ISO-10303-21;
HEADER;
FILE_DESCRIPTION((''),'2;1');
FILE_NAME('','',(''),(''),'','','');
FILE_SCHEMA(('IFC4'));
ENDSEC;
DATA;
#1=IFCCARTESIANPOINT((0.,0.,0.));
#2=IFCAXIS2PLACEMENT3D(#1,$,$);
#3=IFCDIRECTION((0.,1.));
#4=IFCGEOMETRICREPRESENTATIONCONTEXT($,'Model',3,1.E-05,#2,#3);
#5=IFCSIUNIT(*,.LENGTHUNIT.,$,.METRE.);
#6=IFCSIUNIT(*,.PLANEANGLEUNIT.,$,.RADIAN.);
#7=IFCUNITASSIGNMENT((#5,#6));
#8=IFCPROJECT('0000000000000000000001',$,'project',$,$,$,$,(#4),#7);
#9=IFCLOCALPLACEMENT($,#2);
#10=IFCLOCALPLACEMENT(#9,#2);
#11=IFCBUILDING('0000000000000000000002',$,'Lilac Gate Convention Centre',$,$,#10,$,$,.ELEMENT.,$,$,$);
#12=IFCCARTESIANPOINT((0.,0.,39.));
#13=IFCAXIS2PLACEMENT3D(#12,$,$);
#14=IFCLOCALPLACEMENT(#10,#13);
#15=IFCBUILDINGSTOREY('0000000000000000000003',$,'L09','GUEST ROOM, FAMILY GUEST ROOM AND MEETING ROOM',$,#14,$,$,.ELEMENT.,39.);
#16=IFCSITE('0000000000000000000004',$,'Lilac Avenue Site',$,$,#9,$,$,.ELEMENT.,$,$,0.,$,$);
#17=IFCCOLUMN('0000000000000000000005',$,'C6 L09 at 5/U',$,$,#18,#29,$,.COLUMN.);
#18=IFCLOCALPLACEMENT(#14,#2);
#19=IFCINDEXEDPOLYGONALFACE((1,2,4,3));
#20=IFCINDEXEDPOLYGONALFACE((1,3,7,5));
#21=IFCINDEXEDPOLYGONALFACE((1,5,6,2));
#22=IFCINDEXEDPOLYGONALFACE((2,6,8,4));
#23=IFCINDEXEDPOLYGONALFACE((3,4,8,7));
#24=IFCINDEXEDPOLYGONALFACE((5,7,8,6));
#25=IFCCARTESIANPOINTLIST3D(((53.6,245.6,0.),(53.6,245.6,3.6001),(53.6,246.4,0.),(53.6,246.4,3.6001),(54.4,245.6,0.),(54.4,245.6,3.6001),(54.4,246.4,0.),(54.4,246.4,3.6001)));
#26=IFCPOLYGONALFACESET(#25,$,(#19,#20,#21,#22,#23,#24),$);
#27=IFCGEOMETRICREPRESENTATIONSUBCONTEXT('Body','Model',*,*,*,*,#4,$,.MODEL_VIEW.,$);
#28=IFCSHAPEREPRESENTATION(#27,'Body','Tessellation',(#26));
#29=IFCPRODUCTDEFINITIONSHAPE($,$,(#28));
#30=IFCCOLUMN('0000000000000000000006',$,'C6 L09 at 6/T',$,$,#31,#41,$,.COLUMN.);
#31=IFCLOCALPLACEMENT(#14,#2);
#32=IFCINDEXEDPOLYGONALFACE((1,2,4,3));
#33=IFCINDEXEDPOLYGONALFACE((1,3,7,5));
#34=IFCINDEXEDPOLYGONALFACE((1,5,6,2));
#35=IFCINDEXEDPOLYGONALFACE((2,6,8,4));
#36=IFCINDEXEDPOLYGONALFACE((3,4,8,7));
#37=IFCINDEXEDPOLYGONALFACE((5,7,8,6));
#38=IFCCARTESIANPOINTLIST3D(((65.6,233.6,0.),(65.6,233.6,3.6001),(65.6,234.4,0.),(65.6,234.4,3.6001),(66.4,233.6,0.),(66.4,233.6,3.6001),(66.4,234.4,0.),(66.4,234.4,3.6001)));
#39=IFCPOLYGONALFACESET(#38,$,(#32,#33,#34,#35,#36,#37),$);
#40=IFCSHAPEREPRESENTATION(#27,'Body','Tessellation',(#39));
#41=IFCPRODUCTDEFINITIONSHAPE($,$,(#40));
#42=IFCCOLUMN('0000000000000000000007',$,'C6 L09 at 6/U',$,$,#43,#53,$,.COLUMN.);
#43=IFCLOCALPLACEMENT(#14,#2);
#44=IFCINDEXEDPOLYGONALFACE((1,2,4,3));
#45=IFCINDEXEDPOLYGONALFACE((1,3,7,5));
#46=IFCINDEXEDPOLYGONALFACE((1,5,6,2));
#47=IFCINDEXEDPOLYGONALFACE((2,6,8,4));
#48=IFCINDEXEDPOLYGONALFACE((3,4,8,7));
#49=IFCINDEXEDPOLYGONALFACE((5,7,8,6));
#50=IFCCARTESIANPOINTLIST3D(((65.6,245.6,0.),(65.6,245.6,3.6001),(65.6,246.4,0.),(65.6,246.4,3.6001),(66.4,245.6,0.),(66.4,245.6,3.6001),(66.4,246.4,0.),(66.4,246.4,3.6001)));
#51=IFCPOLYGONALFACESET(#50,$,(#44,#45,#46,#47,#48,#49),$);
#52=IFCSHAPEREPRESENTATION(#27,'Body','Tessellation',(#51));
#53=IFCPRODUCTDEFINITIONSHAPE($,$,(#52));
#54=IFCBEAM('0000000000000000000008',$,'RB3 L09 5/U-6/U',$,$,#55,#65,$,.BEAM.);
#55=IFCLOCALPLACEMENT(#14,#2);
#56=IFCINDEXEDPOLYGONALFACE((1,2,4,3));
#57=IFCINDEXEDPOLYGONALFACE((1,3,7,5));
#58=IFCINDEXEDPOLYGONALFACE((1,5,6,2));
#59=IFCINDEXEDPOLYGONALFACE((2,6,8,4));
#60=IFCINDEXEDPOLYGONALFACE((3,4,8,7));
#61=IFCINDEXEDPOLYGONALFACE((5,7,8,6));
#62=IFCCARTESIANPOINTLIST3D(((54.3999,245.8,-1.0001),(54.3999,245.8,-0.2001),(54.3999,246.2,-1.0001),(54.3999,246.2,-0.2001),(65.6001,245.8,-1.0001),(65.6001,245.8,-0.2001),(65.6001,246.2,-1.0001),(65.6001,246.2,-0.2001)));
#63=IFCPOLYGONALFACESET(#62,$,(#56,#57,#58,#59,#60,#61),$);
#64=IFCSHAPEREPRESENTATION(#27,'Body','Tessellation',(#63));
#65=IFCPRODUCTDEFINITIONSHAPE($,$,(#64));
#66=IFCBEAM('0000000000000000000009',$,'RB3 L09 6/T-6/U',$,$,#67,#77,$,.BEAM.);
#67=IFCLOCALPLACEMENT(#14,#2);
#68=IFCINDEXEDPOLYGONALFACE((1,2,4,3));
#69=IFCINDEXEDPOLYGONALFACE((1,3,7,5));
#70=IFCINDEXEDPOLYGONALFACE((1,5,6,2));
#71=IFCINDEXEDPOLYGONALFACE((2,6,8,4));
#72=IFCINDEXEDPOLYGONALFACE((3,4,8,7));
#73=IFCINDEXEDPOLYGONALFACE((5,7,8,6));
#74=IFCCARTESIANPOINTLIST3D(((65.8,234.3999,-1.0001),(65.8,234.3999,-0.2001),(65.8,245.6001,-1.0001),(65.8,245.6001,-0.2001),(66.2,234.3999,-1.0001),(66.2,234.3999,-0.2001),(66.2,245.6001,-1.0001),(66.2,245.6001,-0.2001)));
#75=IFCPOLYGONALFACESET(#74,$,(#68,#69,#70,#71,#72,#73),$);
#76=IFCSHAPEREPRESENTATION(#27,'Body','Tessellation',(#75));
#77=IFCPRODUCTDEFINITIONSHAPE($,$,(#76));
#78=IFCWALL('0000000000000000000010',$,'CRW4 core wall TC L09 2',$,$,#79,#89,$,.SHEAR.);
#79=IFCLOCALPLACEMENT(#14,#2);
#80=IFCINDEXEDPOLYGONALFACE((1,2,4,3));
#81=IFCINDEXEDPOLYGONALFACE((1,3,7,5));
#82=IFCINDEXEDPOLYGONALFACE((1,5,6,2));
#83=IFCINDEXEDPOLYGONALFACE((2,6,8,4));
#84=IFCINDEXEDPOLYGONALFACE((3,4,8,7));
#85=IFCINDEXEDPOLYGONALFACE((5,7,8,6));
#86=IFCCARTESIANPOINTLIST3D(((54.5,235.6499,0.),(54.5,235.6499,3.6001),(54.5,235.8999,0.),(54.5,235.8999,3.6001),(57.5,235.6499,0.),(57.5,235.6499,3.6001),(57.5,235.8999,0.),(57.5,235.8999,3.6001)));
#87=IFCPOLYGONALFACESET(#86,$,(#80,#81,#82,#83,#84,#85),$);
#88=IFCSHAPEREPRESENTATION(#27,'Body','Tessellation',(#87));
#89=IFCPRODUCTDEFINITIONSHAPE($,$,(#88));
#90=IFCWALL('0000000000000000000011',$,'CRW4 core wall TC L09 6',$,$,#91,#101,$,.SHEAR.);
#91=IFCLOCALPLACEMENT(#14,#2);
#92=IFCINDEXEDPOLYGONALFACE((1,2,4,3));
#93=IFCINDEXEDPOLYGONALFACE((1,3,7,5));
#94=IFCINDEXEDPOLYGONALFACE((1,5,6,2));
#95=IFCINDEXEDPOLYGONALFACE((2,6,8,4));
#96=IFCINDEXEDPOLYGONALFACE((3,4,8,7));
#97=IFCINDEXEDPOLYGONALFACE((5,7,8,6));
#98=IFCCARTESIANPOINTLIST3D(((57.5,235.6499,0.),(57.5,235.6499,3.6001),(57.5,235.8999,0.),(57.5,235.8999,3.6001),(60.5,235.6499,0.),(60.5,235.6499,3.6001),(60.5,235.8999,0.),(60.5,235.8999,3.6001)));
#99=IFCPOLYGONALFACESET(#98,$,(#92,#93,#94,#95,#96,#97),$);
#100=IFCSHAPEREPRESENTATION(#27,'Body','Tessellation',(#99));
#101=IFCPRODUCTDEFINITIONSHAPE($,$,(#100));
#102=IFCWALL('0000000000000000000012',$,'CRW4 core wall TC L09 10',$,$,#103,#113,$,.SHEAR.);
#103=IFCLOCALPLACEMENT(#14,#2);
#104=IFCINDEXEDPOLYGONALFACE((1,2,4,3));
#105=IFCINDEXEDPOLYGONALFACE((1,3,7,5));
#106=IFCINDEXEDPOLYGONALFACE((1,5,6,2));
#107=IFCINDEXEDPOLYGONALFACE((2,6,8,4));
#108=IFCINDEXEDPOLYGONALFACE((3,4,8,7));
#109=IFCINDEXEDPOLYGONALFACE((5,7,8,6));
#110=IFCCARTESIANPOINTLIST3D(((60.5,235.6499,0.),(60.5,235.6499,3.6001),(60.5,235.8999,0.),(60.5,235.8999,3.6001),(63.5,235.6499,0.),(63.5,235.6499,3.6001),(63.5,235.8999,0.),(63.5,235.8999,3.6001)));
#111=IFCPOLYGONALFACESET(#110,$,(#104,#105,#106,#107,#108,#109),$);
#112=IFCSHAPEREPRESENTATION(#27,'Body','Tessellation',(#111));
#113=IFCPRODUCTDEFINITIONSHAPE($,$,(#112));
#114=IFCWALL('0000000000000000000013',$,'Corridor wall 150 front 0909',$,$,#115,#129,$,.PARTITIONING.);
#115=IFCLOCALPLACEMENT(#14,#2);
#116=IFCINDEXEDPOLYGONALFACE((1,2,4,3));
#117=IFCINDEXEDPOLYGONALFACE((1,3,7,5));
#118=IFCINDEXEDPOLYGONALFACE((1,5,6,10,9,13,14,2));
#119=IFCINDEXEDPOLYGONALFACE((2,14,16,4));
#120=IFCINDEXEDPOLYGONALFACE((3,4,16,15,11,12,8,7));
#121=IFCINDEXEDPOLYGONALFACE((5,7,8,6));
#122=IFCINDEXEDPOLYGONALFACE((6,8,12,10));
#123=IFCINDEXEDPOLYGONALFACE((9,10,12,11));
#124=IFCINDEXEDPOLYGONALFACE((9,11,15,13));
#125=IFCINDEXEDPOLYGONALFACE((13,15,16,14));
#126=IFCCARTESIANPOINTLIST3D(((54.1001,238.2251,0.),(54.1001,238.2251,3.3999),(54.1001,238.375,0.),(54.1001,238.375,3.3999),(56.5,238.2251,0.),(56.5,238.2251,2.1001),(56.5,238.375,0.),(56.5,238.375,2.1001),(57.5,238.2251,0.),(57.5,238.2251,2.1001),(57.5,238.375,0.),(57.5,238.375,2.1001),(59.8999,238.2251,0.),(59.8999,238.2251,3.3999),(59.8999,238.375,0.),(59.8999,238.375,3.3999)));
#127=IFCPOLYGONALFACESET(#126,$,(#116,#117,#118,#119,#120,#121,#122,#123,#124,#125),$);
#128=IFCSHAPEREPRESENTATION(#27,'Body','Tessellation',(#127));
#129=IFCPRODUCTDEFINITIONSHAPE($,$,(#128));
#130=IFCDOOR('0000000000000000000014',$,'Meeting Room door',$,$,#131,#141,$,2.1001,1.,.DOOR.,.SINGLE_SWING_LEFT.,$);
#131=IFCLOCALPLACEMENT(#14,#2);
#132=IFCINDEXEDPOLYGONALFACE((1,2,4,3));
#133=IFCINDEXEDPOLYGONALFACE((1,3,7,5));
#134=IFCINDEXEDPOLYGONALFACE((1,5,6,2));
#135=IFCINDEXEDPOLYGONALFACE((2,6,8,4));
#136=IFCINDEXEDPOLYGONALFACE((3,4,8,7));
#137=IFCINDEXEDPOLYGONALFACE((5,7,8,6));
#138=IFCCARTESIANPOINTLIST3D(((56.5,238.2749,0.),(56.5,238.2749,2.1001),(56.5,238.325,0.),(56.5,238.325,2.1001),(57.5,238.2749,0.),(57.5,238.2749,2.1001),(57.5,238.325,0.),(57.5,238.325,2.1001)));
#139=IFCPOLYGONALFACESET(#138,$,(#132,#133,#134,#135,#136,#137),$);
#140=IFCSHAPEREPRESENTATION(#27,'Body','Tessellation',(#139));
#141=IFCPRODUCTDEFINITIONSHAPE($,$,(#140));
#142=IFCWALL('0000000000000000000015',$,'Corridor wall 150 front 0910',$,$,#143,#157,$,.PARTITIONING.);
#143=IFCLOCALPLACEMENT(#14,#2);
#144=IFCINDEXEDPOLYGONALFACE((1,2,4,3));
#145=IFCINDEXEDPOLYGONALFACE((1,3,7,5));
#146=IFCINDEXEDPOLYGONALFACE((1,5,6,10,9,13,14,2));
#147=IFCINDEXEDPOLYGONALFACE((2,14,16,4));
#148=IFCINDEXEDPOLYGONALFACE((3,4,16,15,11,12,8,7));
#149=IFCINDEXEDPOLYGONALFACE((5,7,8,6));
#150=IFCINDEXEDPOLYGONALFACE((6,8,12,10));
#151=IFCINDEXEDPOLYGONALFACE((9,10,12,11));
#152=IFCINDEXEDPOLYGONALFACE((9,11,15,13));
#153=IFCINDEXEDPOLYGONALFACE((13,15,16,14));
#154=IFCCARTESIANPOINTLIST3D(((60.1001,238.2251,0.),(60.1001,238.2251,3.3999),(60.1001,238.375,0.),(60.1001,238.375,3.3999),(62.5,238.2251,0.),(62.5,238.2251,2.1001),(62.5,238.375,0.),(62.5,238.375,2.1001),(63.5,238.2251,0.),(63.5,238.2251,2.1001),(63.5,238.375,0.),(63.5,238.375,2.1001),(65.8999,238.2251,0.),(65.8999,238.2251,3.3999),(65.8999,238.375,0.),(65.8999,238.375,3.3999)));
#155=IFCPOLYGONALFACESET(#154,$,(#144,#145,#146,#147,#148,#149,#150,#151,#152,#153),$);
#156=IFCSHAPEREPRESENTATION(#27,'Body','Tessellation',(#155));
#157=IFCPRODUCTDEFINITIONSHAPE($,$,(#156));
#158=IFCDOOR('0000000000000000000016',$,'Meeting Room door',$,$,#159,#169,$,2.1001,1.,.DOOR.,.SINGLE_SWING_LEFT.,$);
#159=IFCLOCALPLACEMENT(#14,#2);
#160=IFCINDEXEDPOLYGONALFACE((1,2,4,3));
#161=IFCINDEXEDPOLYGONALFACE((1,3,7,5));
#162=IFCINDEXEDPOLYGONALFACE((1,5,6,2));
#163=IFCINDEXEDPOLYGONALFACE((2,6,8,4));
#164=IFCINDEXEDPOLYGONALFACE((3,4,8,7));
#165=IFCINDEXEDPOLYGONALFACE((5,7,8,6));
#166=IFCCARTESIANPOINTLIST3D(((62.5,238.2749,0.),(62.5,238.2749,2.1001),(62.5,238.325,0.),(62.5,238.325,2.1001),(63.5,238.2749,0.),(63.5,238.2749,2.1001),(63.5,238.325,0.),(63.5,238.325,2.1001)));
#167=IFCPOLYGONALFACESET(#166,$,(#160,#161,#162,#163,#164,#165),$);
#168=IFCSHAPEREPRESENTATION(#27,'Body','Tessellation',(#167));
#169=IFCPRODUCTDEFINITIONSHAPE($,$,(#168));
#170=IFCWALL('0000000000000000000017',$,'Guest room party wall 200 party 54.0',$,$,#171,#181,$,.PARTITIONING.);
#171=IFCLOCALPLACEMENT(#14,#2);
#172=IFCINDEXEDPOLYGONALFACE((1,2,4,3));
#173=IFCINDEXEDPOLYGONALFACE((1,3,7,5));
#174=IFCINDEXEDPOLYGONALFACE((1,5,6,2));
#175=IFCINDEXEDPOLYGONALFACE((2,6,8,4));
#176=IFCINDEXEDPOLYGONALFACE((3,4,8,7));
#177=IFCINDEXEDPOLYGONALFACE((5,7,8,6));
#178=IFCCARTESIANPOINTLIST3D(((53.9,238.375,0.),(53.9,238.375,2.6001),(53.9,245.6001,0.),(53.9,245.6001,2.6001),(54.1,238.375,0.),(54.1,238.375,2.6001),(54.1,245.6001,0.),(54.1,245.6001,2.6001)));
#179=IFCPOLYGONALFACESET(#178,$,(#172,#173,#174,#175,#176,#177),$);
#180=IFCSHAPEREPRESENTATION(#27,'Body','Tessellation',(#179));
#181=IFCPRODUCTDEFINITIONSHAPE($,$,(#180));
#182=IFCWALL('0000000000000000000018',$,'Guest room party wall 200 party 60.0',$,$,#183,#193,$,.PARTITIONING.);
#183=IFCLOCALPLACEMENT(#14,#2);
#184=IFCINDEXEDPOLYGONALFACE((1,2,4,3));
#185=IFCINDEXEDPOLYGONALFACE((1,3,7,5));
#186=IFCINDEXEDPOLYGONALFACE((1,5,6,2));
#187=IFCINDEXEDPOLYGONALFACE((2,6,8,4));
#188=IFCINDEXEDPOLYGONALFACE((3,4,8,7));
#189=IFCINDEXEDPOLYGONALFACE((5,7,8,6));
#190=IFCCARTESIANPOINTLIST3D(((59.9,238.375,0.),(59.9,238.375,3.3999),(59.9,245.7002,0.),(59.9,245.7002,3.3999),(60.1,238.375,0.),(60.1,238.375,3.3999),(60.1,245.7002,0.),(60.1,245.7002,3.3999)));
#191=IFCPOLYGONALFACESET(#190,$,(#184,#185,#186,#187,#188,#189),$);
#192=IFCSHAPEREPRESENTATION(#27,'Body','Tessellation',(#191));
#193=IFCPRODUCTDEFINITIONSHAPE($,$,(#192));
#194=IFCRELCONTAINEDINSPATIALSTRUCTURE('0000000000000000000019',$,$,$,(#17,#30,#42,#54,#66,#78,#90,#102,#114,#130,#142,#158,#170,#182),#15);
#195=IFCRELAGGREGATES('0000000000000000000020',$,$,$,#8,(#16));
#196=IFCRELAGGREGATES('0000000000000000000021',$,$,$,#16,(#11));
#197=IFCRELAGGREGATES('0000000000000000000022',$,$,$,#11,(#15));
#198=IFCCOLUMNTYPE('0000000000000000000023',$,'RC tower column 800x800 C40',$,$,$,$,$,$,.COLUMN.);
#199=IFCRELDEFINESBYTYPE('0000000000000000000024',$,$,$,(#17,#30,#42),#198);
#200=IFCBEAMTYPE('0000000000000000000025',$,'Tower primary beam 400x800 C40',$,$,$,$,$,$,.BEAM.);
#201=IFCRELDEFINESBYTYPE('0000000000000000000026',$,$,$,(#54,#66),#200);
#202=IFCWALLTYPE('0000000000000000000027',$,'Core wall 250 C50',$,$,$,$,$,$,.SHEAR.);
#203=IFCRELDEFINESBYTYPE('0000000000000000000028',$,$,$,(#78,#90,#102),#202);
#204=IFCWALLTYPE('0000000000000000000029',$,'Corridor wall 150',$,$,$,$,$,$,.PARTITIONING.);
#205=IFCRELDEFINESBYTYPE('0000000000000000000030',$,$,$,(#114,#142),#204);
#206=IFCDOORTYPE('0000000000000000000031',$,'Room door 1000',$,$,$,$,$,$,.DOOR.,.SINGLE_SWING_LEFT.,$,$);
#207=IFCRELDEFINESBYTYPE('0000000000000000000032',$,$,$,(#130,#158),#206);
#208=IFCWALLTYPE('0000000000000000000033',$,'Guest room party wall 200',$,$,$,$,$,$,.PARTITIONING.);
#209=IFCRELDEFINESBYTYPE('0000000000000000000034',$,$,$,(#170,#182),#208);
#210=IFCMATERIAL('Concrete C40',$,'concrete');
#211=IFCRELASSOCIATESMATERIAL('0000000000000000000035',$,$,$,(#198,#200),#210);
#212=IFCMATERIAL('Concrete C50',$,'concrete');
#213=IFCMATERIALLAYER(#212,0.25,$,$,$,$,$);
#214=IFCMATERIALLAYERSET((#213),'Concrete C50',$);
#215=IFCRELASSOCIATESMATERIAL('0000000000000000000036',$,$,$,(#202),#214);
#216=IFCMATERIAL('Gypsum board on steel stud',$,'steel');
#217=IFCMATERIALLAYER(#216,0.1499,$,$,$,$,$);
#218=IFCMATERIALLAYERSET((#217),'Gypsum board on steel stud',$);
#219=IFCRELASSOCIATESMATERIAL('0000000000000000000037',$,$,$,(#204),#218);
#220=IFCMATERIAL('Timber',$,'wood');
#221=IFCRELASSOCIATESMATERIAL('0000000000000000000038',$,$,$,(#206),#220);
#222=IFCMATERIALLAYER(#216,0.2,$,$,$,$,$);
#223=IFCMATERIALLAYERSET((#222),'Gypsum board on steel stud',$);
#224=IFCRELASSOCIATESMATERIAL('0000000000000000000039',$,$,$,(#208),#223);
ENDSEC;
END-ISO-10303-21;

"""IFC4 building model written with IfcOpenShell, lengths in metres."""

from ifc_helpers import new_model, si_unit, direction, frame, frame_2d, origin, origin_2d, place, context, subcontext, project, spatial, rectangle, extrude, material, layer, layer_set, material_profile, profile_set, type_object, element, fill, save


model = new_model("IFC4")

# Units and contexts
model_context = context("Model", 3, precision=1e-05, world=origin(), true_north=direction((0.0, 1.0)))
body_context = subcontext(model_context, "Body", "Model", "MODEL_VIEW")
ifc_project = project(units=[si_unit("LENGTHUNIT", "METRE"), si_unit("PLANEANGLEUNIT", "RADIAN")], contexts=[model_context])

# Site, building, storey
site_placement = place(None, origin())
site = spatial("IfcSite", under=ifc_project, at=site_placement, Name="Lilac Avenue Site", CompositionType="ELEMENT", RefElevation=0.0)
building_placement = place(site_placement, origin())
building = spatial("IfcBuilding", under=site, at=building_placement, Name="Lilac Gate Convention Centre", CompositionType="ELEMENT")
storey_placement = place(building_placement, frame((0.0, 0.0, 39.0)))
storey = spatial("IfcBuildingStorey", under=building, at=storey_placement, Name="L09", Description="GUEST ROOM, FAMILY GUEST ROOM AND MEETING ROOM", CompositionType="ELEMENT", Elevation=39.0)

# Columns
ifc_material_1 = material(Name="Concrete C40", Category="concrete")
ifc_material_profile_1 = material_profile(ifc_material_1, rectangle(XDim=0.8, YDim=0.8, at=origin_2d()), Name="RC 800x800")
ifc_profile_set_1 = profile_set([ifc_material_profile_1], Name="Concrete C40")
column_type = type_object("IfcColumnType", Name="RC tower column 800x800 C40", PredefinedType="COLUMN", material=ifc_profile_set_1)
for number, where, z_axis, x_axis, name in (
    (1, (54.0, 246.0, 0.0), (0.0, 0.0, 1.0), (1.0, 0.0, 0.0), "C6 L09 at 5/U"),
    (2, (66.0, 234.0, 0.0), (0.0, 0.0, 1.0), (1.0, 0.0, 0.0), "C6 L09 at 6/T"),
    (3, (66.0, 246.0, 0.0), (0.0, 0.0, 1.0), (1.0, 0.0, 0.0), "C6 L09 at 6/U"),
):
    element("IfcColumn", number, at=place(storey_placement, frame(where, z_axis=z_axis, x_axis=x_axis)), inside=storey, type_object=column_type, Name=name, PredefinedType="COLUMN", context=body_context, shape_type="SweptSolid", body=[
        extrude(rectangle(XDim=0.8, YDim=0.8, at=origin_2d()), origin(), (0.0, 0.0, 1.0), 3.6001),
    ])

# Beams
ifc_material_profile_2 = material_profile(ifc_material_1, rectangle(XDim=0.3999, YDim=0.8, at=origin_2d()), Name="RC 400x800")
ifc_profile_set_2 = profile_set([ifc_material_profile_2], Name="Concrete C40")
beam_type = type_object("IfcBeamType", Name="Tower primary beam 400x800 C40", PredefinedType="BEAM", material=ifc_profile_set_2)
for number, where, z_axis, x_axis, name in (
    (4, (54.3999, 246.0, -0.6001), (1.0, 0.0, 0.0), (0.0, 1.0, 0.0), "RB3 L09 5/U-6/U"),
    (5, (66.0, 234.3999, -0.6001), (0.0, 1.0, 0.0), (-1.0, 0.0, 0.0), "RB3 L09 6/T-6/U"),
):
    element("IfcBeam", number, at=place(storey_placement, frame(where, z_axis=z_axis, x_axis=x_axis)), inside=storey, type_object=beam_type, Name=name, PredefinedType="BEAM", context=body_context, shape_type="SweptSolid", body=[
        extrude(rectangle(XDim=0.3999, YDim=0.8, at=origin_2d()), origin(), (0.0, 0.0, 1.0), 11.2002),
    ])

# Walls
ifc_material_2 = material(Name="Concrete C50", Category="concrete")
ifc_layer_1 = layer(ifc_material_2, 0.25)
ifc_layer_set_1 = layer_set([ifc_layer_1], Name="Concrete C50")
wall_type_1 = type_object("IfcWallType", Name="Core wall 250 C50", PredefinedType="SHEAR", material=ifc_layer_set_1)
for number, where, z_axis, x_axis, name in (
    (6, (54.5, 235.7749, 0.0), (0.0, 0.0, 1.0), (1.0, 0.0, 0.0), "CRW4 core wall TC L09 2"),
    (7, (57.5, 235.7749, 0.0), (0.0, 0.0, 1.0), (1.0, 0.0, 0.0), "CRW4 core wall TC L09 6"),
    (8, (60.5, 235.7749, 0.0), (0.0, 0.0, 1.0), (1.0, 0.0, 0.0), "CRW4 core wall TC L09 10"),
):
    element("IfcWall", number, at=place(storey_placement, frame(where, z_axis=z_axis, x_axis=x_axis)), inside=storey, type_object=wall_type_1, Name=name, PredefinedType="SHEAR", context=body_context, shape_type="SweptSolid", body=[
        extrude(rectangle(XDim=3.0, YDim=0.25, at=frame_2d((1.5, 0.0))), origin(), (0.0, 0.0, 1.0), 3.6001),
    ])

# Walls, openings, doors
ifc_material_3 = material(Name="Gypsum board on steel stud", Category="steel")
ifc_layer_2 = layer(ifc_material_3, 0.1499)
ifc_layer_set_2 = layer_set([ifc_layer_2], Name="Gypsum board on steel stud")
wall_type_2 = type_object("IfcWallType", Name="Corridor wall 150", PredefinedType="PARTITIONING", material=ifc_layer_set_2)
wall_1_placement = place(storey_placement, frame((54.1001, 238.3, 0.0), z_axis=(0.0, 0.0, 1.0), x_axis=(1.0, 0.0, 0.0)))
wall_1 = element("IfcWall", 9, at=wall_1_placement, inside=storey, type_object=wall_type_2, Name="Corridor wall 150 front 0909", PredefinedType="PARTITIONING", context=body_context, shape_type="SweptSolid", body=[
    extrude(rectangle(XDim=5.7998, YDim=0.1499, at=frame_2d((2.8999, 0.0))), origin(), (0.0, 0.0, 1.0), 3.3999),
])
opening_1_placement = place(wall_1_placement, frame((2.3999, 0.0, 0.0)))
opening_1 = element("IfcOpeningElement", 10, at=opening_1_placement, cuts=wall_1, PredefinedType="OPENING", context=body_context, shape_type="SweptSolid", body=[
    extrude(rectangle(XDim=1.0, YDim=2.1001, at=frame_2d((0.5, 1.05))), frame((0.0, 0.085, 0.0), z_axis=(0.0, -1.0, 0.0), x_axis=(1.0, 0.0, 0.0)), (0.0, 0.0, 1.0), 0.1699),
])
ifc_material_4 = material(Name="Timber", Category="wood")
door_type = type_object("IfcDoorType", Name="Room door 1000", OperationType="SINGLE_SWING_LEFT", PredefinedType="DOOR", material=ifc_material_4)
door_1_placement = place(opening_1_placement, origin())
door_1 = element("IfcDoor", 11, at=door_1_placement, inside=storey, type_object=door_type, Name="Meeting Room door", OperationType="SINGLE_SWING_LEFT", OverallHeight=2.1001, OverallWidth=1.0, PredefinedType="DOOR", context=body_context, shape_type="SweptSolid", body=[
    extrude(rectangle(XDim=1.0, YDim=2.1001, at=frame_2d((0.5, 1.05))), frame((0.0, 0.0249, 0.0), z_axis=(0.0, -1.0, 0.0), x_axis=(1.0, 0.0, 0.0)), (0.0, 0.0, 1.0), 0.05),
])
fill(opening_1, door_1)
wall_2_placement = place(storey_placement, frame((60.1001, 238.3, 0.0), z_axis=(0.0, 0.0, 1.0), x_axis=(1.0, 0.0, 0.0)))
wall_2 = element("IfcWall", 12, at=wall_2_placement, inside=storey, type_object=wall_type_2, Name="Corridor wall 150 front 0910", PredefinedType="PARTITIONING", context=body_context, shape_type="SweptSolid", body=[
    extrude(rectangle(XDim=5.7998, YDim=0.1499, at=frame_2d((2.8999, 0.0))), origin(), (0.0, 0.0, 1.0), 3.3999),
])
opening_2_placement = place(wall_2_placement, frame((2.3999, 0.0, 0.0)))
opening_2 = element("IfcOpeningElement", 13, at=opening_2_placement, cuts=wall_2, PredefinedType="OPENING", context=body_context, shape_type="SweptSolid", body=[
    extrude(rectangle(XDim=1.0, YDim=2.1001, at=frame_2d((0.5, 1.05))), frame((0.0, 0.085, 0.0), z_axis=(0.0, -1.0, 0.0), x_axis=(1.0, 0.0, 0.0)), (0.0, 0.0, 1.0), 0.1699),
])
door_2_placement = place(opening_2_placement, origin())
door_2 = element("IfcDoor", 14, at=door_2_placement, inside=storey, type_object=door_type, Name="Meeting Room door", OperationType="SINGLE_SWING_LEFT", OverallHeight=2.1001, OverallWidth=1.0, PredefinedType="DOOR", context=body_context, shape_type="SweptSolid", body=[
    extrude(rectangle(XDim=1.0, YDim=2.1001, at=frame_2d((0.5, 1.05))), frame((0.0, 0.0249, 0.0), z_axis=(0.0, -1.0, 0.0), x_axis=(1.0, 0.0, 0.0)), (0.0, 0.0, 1.0), 0.05),
])
fill(opening_2, door_2)

# Walls
ifc_layer_3 = layer(ifc_material_3, 0.2)
ifc_layer_set_3 = layer_set([ifc_layer_3], Name="Gypsum board on steel stud")
wall_type_3 = type_object("IfcWallType", Name="Guest room party wall 200", PredefinedType="PARTITIONING", material=ifc_layer_set_3)
wall_3_placement = place(storey_placement, frame((54.0, 245.6001, 0.0), z_axis=(0.0, 0.0, 1.0), x_axis=(0.0, -1.0, 0.0)))
element("IfcWall", 15, at=wall_3_placement, inside=storey, type_object=wall_type_3, Name="Guest room party wall 200 party 54.0", PredefinedType="PARTITIONING", context=body_context, shape_type="SweptSolid", body=[
    extrude(rectangle(XDim=7.2251, YDim=0.2, at=frame_2d((3.6125, 0.0))), origin(), (0.0, 0.0, 1.0), 2.6001),
])
wall_4_placement = place(storey_placement, frame((60.0, 245.7002, 0.0), z_axis=(0.0, 0.0, 1.0), x_axis=(0.0, -1.0, 0.0)))
element("IfcWall", 16, at=wall_4_placement, inside=storey, type_object=wall_type_3, Name="Guest room party wall 200 party 60.0", PredefinedType="PARTITIONING", context=body_context, shape_type="SweptSolid", body=[
    extrude(rectangle(XDim=7.3252, YDim=0.2, at=frame_2d((3.6626, 0.0))), origin(), (0.0, 0.0, 1.0), 3.3999),
])

save(model, "model.ifc")
